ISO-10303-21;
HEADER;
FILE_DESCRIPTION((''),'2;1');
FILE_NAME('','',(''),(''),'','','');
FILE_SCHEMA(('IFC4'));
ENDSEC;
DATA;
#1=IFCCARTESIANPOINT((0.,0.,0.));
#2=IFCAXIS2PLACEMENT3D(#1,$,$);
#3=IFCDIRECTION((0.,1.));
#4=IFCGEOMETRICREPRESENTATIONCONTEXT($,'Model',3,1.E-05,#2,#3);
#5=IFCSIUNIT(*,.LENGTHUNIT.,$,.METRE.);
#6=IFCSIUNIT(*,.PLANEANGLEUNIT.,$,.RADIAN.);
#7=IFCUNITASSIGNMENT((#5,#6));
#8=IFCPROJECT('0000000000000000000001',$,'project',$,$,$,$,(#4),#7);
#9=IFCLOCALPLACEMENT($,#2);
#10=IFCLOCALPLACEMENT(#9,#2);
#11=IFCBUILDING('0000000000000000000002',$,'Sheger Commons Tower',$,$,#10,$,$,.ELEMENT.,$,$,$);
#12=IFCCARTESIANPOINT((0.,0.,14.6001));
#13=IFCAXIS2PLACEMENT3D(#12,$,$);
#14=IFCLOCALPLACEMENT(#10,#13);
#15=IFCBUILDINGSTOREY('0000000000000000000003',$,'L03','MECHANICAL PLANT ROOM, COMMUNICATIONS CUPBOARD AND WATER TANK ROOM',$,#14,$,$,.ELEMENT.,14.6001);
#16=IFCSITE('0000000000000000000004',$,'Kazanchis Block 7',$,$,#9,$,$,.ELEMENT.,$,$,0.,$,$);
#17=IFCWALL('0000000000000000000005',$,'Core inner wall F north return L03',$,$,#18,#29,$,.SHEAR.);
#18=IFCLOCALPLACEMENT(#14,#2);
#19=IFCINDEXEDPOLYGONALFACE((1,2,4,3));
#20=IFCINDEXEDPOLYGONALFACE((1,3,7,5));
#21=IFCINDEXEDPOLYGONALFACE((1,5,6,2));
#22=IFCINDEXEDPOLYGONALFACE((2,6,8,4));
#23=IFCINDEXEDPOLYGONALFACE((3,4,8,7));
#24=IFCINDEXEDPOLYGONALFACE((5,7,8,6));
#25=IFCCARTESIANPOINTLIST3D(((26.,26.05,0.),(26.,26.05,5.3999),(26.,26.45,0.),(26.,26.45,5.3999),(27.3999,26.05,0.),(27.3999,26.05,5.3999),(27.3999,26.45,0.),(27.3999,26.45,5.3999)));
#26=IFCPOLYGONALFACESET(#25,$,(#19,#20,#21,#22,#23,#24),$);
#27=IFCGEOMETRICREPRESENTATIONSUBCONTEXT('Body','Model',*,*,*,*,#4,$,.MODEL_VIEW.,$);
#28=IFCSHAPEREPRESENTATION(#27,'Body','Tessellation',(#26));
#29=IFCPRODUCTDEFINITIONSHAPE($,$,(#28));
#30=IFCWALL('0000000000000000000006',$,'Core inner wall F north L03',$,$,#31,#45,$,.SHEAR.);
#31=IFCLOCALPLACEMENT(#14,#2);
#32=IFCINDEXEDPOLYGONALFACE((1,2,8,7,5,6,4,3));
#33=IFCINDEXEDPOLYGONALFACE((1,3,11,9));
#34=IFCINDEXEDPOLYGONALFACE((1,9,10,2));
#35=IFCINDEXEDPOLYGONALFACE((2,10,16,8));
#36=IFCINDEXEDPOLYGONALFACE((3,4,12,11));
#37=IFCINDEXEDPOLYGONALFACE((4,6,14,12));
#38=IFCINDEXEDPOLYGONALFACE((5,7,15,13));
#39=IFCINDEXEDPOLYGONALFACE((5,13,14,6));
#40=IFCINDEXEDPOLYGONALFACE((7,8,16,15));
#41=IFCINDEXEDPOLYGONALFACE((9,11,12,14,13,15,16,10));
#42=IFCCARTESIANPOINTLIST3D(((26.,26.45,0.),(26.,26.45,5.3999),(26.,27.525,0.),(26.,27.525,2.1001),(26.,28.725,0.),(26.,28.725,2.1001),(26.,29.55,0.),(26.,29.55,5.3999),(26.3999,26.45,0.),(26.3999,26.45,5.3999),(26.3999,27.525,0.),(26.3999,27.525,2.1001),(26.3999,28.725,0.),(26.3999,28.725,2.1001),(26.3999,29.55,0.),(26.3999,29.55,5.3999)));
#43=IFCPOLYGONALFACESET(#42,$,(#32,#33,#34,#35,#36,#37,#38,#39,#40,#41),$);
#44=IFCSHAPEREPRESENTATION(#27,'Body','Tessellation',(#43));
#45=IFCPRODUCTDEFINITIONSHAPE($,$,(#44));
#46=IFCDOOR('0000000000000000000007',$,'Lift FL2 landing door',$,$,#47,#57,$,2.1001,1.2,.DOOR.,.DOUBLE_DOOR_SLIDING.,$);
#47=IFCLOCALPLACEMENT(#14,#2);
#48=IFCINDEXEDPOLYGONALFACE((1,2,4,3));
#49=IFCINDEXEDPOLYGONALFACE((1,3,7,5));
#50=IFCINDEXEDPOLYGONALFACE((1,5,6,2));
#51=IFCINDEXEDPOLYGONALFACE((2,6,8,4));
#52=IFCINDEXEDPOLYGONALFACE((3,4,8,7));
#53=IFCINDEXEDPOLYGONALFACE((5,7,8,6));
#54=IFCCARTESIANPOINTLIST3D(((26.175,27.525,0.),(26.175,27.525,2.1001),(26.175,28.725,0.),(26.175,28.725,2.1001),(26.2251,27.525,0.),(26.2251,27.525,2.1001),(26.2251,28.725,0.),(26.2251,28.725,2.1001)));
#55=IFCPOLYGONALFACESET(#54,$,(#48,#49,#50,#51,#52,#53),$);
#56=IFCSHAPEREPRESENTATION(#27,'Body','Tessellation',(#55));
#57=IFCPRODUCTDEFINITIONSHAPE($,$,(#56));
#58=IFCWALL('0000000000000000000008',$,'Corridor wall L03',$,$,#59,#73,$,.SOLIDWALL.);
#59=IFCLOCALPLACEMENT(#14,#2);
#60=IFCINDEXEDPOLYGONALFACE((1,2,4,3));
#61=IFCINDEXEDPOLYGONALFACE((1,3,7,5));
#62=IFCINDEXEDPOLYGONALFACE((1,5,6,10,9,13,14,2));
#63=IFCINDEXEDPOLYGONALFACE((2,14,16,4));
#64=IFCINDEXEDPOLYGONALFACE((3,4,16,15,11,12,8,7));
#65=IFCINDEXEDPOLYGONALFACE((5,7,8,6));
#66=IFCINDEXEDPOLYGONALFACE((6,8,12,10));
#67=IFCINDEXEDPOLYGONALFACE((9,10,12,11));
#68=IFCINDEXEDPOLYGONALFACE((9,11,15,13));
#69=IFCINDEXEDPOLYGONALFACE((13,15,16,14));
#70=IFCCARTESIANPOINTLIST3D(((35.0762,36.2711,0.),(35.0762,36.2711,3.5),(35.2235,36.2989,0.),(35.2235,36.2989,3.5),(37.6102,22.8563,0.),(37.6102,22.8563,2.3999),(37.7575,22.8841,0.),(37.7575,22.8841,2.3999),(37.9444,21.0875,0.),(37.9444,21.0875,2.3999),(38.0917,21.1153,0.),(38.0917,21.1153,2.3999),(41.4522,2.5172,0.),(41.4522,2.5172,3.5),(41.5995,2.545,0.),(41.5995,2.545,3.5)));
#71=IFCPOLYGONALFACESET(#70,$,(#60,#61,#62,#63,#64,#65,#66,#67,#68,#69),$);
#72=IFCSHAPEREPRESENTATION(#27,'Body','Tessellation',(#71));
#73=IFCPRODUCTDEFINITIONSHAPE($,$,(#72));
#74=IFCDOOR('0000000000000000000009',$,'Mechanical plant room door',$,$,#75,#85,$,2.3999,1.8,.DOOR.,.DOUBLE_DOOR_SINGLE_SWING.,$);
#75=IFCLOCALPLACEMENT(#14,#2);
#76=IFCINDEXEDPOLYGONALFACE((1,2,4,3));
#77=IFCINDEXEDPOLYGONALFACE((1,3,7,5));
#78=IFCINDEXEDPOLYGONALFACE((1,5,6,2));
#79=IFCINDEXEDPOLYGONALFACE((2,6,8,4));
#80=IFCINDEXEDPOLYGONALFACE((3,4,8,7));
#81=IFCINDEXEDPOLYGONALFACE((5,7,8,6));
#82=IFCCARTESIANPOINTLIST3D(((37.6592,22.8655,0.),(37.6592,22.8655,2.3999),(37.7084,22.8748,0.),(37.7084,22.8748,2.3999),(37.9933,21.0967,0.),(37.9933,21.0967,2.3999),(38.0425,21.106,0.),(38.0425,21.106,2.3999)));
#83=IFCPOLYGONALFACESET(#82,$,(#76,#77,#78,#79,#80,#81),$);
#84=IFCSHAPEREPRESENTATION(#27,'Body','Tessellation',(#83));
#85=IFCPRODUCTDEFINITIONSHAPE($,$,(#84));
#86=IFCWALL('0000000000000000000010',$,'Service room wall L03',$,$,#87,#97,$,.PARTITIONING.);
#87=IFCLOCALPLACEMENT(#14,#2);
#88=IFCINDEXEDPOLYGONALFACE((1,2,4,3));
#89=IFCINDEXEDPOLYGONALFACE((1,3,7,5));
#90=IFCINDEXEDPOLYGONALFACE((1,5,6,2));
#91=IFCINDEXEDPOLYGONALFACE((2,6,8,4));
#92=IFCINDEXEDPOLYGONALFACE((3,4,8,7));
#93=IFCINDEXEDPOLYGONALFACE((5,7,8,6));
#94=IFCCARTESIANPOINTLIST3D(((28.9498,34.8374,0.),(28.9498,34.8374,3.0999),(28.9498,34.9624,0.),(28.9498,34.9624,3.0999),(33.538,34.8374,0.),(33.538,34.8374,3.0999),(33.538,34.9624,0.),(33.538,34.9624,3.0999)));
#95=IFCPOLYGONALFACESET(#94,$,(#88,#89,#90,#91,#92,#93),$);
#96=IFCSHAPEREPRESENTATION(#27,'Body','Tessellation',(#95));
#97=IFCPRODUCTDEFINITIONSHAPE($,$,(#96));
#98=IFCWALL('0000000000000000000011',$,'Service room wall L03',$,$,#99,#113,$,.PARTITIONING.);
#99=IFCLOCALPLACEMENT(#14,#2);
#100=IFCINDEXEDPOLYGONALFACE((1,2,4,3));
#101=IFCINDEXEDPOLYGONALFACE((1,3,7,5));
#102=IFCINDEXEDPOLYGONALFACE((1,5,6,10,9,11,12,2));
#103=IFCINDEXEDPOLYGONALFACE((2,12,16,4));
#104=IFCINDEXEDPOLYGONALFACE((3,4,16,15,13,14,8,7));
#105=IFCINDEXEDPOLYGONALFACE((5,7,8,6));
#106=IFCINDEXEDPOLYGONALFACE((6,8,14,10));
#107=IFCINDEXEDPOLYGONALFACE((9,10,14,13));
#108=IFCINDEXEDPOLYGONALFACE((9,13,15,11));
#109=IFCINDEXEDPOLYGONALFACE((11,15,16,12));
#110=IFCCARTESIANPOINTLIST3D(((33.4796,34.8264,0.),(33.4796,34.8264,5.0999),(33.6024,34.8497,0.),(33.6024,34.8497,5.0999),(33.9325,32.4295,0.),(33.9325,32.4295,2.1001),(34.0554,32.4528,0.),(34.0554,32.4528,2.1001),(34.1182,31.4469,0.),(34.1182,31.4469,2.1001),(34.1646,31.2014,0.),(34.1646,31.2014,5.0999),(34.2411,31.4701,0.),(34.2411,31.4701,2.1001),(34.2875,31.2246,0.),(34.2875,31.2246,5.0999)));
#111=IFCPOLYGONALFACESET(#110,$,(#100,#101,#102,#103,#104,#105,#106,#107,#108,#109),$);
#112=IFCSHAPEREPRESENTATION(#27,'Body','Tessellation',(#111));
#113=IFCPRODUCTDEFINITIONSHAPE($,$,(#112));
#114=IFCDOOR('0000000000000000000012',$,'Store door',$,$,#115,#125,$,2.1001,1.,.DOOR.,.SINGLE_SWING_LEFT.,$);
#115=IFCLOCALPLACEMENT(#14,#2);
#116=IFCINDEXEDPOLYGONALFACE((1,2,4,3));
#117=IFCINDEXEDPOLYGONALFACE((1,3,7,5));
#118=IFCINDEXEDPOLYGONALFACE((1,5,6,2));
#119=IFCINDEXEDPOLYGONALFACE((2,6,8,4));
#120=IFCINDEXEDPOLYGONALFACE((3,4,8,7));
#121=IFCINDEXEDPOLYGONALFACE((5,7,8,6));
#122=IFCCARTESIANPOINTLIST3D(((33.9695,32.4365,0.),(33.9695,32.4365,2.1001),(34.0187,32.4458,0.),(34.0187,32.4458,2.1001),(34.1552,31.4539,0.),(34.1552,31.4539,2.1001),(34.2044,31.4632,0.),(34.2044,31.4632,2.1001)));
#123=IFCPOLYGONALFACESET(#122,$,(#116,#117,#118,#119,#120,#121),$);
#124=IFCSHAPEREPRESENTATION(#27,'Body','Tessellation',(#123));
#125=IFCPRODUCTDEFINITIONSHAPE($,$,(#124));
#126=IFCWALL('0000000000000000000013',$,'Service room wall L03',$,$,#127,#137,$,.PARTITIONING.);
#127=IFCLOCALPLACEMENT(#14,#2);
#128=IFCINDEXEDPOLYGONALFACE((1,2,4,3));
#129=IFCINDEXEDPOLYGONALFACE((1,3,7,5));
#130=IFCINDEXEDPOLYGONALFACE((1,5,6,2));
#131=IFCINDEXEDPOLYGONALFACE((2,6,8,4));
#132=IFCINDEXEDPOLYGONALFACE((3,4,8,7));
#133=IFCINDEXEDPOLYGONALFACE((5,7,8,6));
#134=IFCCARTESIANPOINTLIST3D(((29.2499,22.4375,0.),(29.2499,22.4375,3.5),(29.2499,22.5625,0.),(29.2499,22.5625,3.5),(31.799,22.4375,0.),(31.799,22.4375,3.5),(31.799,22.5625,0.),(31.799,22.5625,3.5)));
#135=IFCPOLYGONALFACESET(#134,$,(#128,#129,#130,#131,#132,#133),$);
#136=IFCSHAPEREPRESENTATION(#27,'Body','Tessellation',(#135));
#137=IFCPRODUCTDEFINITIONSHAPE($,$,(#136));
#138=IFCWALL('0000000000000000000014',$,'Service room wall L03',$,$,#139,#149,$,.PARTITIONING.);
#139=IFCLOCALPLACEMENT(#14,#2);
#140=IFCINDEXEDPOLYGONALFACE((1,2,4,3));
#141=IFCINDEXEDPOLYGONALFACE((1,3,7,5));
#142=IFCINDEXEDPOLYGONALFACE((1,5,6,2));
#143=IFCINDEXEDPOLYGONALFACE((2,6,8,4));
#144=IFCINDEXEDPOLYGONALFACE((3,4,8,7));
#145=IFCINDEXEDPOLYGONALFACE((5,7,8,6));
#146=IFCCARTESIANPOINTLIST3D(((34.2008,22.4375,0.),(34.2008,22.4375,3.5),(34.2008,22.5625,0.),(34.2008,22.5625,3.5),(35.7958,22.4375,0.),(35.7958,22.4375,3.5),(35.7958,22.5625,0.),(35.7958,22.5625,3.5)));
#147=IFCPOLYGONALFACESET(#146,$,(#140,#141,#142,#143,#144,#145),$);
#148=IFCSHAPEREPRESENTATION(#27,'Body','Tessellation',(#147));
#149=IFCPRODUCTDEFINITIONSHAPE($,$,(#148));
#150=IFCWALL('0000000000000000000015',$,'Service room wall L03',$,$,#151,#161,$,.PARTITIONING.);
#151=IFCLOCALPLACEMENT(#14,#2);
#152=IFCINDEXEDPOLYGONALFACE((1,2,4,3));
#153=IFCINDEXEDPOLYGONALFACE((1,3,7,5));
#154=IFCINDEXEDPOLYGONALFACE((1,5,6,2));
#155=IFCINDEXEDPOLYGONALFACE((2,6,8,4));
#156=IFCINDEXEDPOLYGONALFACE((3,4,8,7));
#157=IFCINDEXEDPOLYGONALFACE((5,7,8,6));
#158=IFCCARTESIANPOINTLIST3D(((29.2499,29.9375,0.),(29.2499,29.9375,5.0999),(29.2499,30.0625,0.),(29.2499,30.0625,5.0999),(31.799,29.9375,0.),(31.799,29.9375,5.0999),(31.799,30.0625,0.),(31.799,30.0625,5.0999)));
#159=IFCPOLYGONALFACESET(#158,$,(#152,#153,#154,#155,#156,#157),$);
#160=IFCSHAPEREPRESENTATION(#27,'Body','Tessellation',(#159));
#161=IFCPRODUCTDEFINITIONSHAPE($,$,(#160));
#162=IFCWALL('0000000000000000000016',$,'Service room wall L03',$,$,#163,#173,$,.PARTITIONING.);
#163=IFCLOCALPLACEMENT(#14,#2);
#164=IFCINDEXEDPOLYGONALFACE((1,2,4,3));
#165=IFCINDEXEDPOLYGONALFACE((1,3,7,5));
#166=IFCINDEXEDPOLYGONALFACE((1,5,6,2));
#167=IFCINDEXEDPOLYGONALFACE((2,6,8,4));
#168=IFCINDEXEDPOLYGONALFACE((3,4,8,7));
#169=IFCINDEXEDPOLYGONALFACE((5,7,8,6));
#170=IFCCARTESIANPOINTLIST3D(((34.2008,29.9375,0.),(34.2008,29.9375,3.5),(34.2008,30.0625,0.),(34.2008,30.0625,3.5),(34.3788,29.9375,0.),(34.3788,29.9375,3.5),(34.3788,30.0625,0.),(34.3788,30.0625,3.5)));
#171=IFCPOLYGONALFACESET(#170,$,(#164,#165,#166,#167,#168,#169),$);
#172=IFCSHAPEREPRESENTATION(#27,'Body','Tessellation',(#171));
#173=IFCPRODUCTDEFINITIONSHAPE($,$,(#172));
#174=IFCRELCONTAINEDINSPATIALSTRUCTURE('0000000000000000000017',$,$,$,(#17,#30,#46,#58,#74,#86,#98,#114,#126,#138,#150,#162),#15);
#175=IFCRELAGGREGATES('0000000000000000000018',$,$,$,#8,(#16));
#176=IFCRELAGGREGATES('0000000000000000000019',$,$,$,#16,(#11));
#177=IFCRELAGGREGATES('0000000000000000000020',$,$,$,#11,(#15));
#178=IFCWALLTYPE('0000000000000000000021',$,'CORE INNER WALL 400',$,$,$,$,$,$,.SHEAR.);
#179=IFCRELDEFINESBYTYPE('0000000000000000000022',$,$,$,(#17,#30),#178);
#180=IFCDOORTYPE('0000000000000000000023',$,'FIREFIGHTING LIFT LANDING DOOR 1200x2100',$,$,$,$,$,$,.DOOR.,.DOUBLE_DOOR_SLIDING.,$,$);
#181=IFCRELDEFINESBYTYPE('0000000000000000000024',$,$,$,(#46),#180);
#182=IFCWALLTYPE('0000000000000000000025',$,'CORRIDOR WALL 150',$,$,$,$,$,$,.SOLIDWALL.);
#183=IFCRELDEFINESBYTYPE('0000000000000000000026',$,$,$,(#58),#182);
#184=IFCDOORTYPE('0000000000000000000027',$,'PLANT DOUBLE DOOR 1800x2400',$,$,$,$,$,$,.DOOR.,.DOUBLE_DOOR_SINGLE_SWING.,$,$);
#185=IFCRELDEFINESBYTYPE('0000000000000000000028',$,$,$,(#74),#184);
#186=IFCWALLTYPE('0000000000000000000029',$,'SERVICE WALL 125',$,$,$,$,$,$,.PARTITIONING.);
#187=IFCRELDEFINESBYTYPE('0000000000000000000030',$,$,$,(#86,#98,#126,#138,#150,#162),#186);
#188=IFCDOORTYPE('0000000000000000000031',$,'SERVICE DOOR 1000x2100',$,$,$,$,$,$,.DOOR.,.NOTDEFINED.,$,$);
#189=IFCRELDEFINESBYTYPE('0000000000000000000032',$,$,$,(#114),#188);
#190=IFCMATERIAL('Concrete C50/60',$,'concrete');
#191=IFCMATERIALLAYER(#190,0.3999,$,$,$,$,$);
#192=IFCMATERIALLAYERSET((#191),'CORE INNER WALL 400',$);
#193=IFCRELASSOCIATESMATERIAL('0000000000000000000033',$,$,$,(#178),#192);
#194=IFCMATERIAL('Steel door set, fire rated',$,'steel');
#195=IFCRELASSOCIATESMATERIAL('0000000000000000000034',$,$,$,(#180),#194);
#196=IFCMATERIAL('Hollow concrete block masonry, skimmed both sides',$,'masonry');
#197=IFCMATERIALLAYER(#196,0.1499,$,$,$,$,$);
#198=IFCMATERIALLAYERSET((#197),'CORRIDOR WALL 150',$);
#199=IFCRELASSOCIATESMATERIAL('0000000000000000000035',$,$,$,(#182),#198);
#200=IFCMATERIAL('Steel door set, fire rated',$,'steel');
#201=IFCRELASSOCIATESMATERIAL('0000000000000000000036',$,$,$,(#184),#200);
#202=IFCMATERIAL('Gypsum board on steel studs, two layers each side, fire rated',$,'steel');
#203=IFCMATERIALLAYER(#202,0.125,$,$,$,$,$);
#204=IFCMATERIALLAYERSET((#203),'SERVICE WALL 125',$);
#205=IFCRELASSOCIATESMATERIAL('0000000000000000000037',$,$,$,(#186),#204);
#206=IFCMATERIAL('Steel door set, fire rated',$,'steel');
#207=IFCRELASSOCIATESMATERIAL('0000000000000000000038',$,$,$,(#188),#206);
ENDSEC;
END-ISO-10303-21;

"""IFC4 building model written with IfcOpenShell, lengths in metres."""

from ifc_helpers import new_model, si_unit, direction, frame, frame_2d, origin, place, context, subcontext, project, spatial, rectangle, extrude, material, layer, layer_set, type_object, element, fill, save


model = new_model("IFC4")

# Units and contexts
model_context = context("Model", 3, precision=1e-05, world=origin(), true_north=direction((0.0, 1.0)))
body_context = subcontext(model_context, "Body", "Model", "MODEL_VIEW")
ifc_project = project(units=[si_unit("LENGTHUNIT", "METRE"), si_unit("PLANEANGLEUNIT", "RADIAN")], contexts=[model_context])

# Site, building, storey
site_placement = place(None, origin())
site = spatial("IfcSite", under=ifc_project, at=site_placement, Name="Kazanchis Block 7", CompositionType="ELEMENT", RefElevation=0.0)
building_placement = place(site_placement, origin())
building = spatial("IfcBuilding", under=site, at=building_placement, Name="Sheger Commons Tower", CompositionType="ELEMENT")
storey_placement = place(building_placement, frame((0.0, 0.0, 14.6001)))
storey = spatial("IfcBuildingStorey", under=building, at=storey_placement, Name="L03", Description="MECHANICAL PLANT ROOM, COMMUNICATIONS CUPBOARD AND WATER TANK ROOM", CompositionType="ELEMENT", Elevation=14.6001)

# Wall
ifc_material_1 = material(Name="Concrete C50/60", Category="concrete")
ifc_layer_1 = layer(ifc_material_1, 0.3999)
ifc_layer_set_1 = layer_set([ifc_layer_1], Name="CORE INNER WALL 400")
wall_type_1 = type_object("IfcWallType", Name="CORE INNER WALL 400", PredefinedType="SHEAR", material=ifc_layer_set_1)
wall_1_placement = place(storey_placement, frame((26.0, 26.25, 0.0), z_axis=(0.0, 0.0, 1.0), x_axis=(1.0, 0.0, 0.0)))
element("IfcWall", 1, at=wall_1_placement, inside=storey, type_object=wall_type_1, Name="Core inner wall F north return L03", PredefinedType="SHEAR", context=body_context, shape_type="SweptSolid", body=[
    extrude(rectangle(XDim=1.3999, YDim=0.3999, at=frame_2d((0.7, 0.0))), origin(), (0.0, 0.0, 1.0), 5.3999),
])

# Walls, openings, doors
wall_2_placement = place(storey_placement, frame((26.2, 26.45, 0.0), z_axis=(0.0, 0.0, 1.0), x_axis=(0.0, 1.0, 0.0)))
wall_2 = element("IfcWall", 2, at=wall_2_placement, inside=storey, type_object=wall_type_1, Name="Core inner wall F north L03", PredefinedType="SHEAR", context=body_context, shape_type="SweptSolid", body=[
    extrude(rectangle(XDim=3.1001, YDim=0.3999, at=frame_2d((1.55, 0.0))), origin(), (0.0, 0.0, 1.0), 5.3999),
])
opening_1_placement = place(wall_2_placement, frame((1.075, 0.0, 0.0)))
opening_1 = element("IfcOpeningElement", 3, at=opening_1_placement, cuts=wall_2, PredefinedType="OPENING", context=body_context, shape_type="SweptSolid", body=[
    extrude(rectangle(XDim=1.2, YDim=2.1001, at=frame_2d((0.6001, 1.05))), frame((0.0, 0.21, 0.0), z_axis=(0.0, -1.0, 0.0), x_axis=(1.0, 0.0, 0.0)), (0.0, 0.0, 1.0), 0.4199),
])
ifc_material_2 = material(Name="Steel door set, fire rated", Category="steel")
door_type_1 = type_object("IfcDoorType", Name="FIREFIGHTING LIFT LANDING DOOR 1200x2100", OperationType="DOUBLE_DOOR_SLIDING", PredefinedType="DOOR", material=ifc_material_2)
door_1_placement = place(opening_1_placement, origin())
door_1 = element("IfcDoor", 4, at=door_1_placement, inside=storey, type_object=door_type_1, Name="Lift FL2 landing door", OperationType="DOUBLE_DOOR_SLIDING", OverallHeight=2.1001, OverallWidth=1.2, PredefinedType="DOOR", context=body_context, shape_type="SweptSolid", body=[
    extrude(rectangle(XDim=1.2, YDim=2.1001, at=frame_2d((0.6001, 1.05))), frame((0.0, 0.0249, 0.0), z_axis=(0.0, -1.0, 0.0), x_axis=(1.0, 0.0, 0.0)), (0.0, 0.0, 1.0), 0.05),
])
fill(opening_1, door_1)
ifc_material_3 = material(Name="Hollow concrete block masonry, skimmed both sides", Category="masonry")
ifc_layer_2 = layer(ifc_material_3, 0.1499)
ifc_layer_set_2 = layer_set([ifc_layer_2], Name="CORRIDOR WALL 150")
wall_type_2 = type_object("IfcWallType", Name="CORRIDOR WALL 150", PredefinedType="SOLIDWALL", material=ifc_layer_set_2)
wall_3_placement = place(storey_placement, frame((35.1499, 36.2849, 0.0), z_axis=(0.0, 0.0, 1.0), x_axis=(0.185613, -0.982623, 0.0)))
wall_3 = element("IfcWall", 5, at=wall_3_placement, inside=storey, type_object=wall_type_2, Name="Corridor wall L03", PredefinedType="SOLIDWALL", context=body_context, shape_type="SweptSolid", body=[
    extrude(rectangle(XDim=34.3508, YDim=0.1499, at=frame_2d((17.1753, 0.0))), origin(), (0.0, 0.0, 1.0), 3.5),
])
opening_2_placement = place(wall_3_placement, frame((13.6521, 0.0, 0.0)))
opening_2 = element("IfcOpeningElement", 6, at=opening_2_placement, cuts=wall_3, PredefinedType="OPENING", context=body_context, shape_type="SweptSolid", body=[
    extrude(rectangle(XDim=1.8, YDim=2.3999, at=frame_2d((0.8999, 1.2))), frame((0.0, 0.085, 0.0), z_axis=(0.0, -1.0, 0.0), x_axis=(1.0, 0.0, 0.0)), (0.0, 0.0, 1.0), 0.1699),
])
ifc_material_4 = material(Name="Steel door set, fire rated", Category="steel")
door_type_2 = type_object("IfcDoorType", Name="PLANT DOUBLE DOOR 1800x2400", OperationType="DOUBLE_DOOR_SINGLE_SWING", PredefinedType="DOOR", material=ifc_material_4)
door_2_placement = place(opening_2_placement, origin())
door_2 = element("IfcDoor", 7, at=door_2_placement, inside=storey, type_object=door_type_2, Name="Mechanical plant room door", OperationType="DOUBLE_DOOR_SINGLE_SWING", OverallHeight=2.3999, OverallWidth=1.8, PredefinedType="DOOR", context=body_context, shape_type="SweptSolid", body=[
    extrude(rectangle(XDim=1.8, YDim=2.3999, at=frame_2d((0.8999, 1.2))), frame((0.0, 0.0249, 0.0), z_axis=(0.0, -1.0, 0.0), x_axis=(1.0, 0.0, 0.0)), (0.0, 0.0, 1.0), 0.05),
])
fill(opening_2, door_2)

# Wall
ifc_material_5 = material(Name="Gypsum board on steel studs, two layers each side, fire rated", Category="steel")
ifc_layer_3 = layer(ifc_material_5, 0.125)
ifc_layer_set_3 = layer_set([ifc_layer_3], Name="SERVICE WALL 125")
wall_type_3 = type_object("IfcWallType", Name="SERVICE WALL 125", PredefinedType="PARTITIONING", material=ifc_layer_set_3)
wall_4_placement = place(storey_placement, frame((28.95, 34.8999, 0.0), z_axis=(0.0, 0.0, 1.0), x_axis=(1.0, 0.0, 0.0)))
element("IfcWall", 8, at=wall_4_placement, inside=storey, type_object=wall_type_3, Name="Service room wall L03", PredefinedType="PARTITIONING", context=body_context, shape_type="SweptSolid", body=[
    extrude(rectangle(XDim=4.5881, YDim=0.125, at=frame_2d((2.2939, 0.0))), origin(), (0.0, 0.0, 1.0), 3.0999),
])

# Wall, opening, door
wall_5_placement = place(storey_placement, frame((34.2261, 31.2129, 0.0), z_axis=(0.0, 0.0, 1.0), x_axis=(-0.185695, 0.982607, 0.0)))
wall_5 = element("IfcWall", 9, at=wall_5_placement, inside=storey, type_object=wall_type_3, Name="Service room wall L03", PredefinedType="PARTITIONING", context=body_context, shape_type="SweptSolid", body=[
    extrude(rectangle(XDim=3.6892, YDim=0.125, at=frame_2d((1.8447, 0.0))), origin(), (0.0, 0.0, 1.0), 5.0999),
])
opening_3_placement = place(wall_5_placement, frame((0.25, 0.0, 0.0)))
opening_3 = element("IfcOpeningElement", 10, at=opening_3_placement, cuts=wall_5, PredefinedType="OPENING", context=body_context, shape_type="SweptSolid", body=[
    extrude(rectangle(XDim=1.0, YDim=2.1001, at=frame_2d((0.5, 1.05))), frame((0.0, 0.0725, 0.0), z_axis=(0.0, -1.0, 0.0), x_axis=(1.0, 0.0, 0.0)), (0.0, 0.0, 1.0), 0.145),
])
ifc_material_6 = material(Name="Steel door set, fire rated", Category="steel")
door_type_3 = type_object("IfcDoorType", Name="SERVICE DOOR 1000x2100", OperationType="NOTDEFINED", PredefinedType="DOOR", material=ifc_material_6)
door_3_placement = place(opening_3_placement, origin())
door_3 = element("IfcDoor", 11, at=door_3_placement, inside=storey, type_object=door_type_3, Name="Store door", OperationType="SINGLE_SWING_LEFT", OverallHeight=2.1001, OverallWidth=1.0, PredefinedType="DOOR", context=body_context, shape_type="SweptSolid", body=[
    extrude(rectangle(XDim=1.0, YDim=2.1001, at=frame_2d((0.5, 1.05))), frame((0.0, 0.0249, 0.0), z_axis=(0.0, -1.0, 0.0), x_axis=(1.0, 0.0, 0.0)), (0.0, 0.0, 1.0), 0.05),
])
fill(opening_3, door_3)

# Walls
wall_6_placement = place(storey_placement, frame((29.25, 22.5, 0.0), z_axis=(0.0, 0.0, 1.0), x_axis=(1.0, 0.0, 0.0)))
element("IfcWall", 12, at=wall_6_placement, inside=storey, type_object=wall_type_3, Name="Service room wall L03", PredefinedType="PARTITIONING", context=body_context, shape_type="SweptSolid", body=[
    extrude(rectangle(XDim=2.5491, YDim=0.125, at=frame_2d((1.2744, 0.0))), origin(), (0.0, 0.0, 1.0), 3.5),
])
wall_7_placement = place(storey_placement, frame((34.2009, 22.5, 0.0), z_axis=(0.0, 0.0, 1.0), x_axis=(1.0, 0.0, 0.0)))
element("IfcWall", 13, at=wall_7_placement, inside=storey, type_object=wall_type_3, Name="Service room wall L03", PredefinedType="PARTITIONING", context=body_context, shape_type="SweptSolid", body=[
    extrude(rectangle(XDim=1.595, YDim=0.125, at=frame_2d((0.7974, 0.0))), origin(), (0.0, 0.0, 1.0), 3.5),
])
wall_8_placement = place(storey_placement, frame((29.25, 30.0, 0.0), z_axis=(0.0, 0.0, 1.0), x_axis=(1.0, 0.0, 0.0)))
element("IfcWall", 14, at=wall_8_placement, inside=storey, type_object=wall_type_3, Name="Service room wall L03", PredefinedType="PARTITIONING", context=body_context, shape_type="SweptSolid", body=[
    extrude(rectangle(XDim=2.5491, YDim=0.125, at=frame_2d((1.2744, 0.0))), origin(), (0.0, 0.0, 1.0), 5.0999),
])
wall_9_placement = place(storey_placement, frame((34.2009, 30.0, 0.0), z_axis=(0.0, 0.0, 1.0), x_axis=(1.0, 0.0, 0.0)))
element("IfcWall", 15, at=wall_9_placement, inside=storey, type_object=wall_type_3, Name="Service room wall L03", PredefinedType="PARTITIONING", context=body_context, shape_type="SweptSolid", body=[
    extrude(rectangle(XDim=0.178, YDim=0.125, at=frame_2d((0.0889, 0.0))), origin(), (0.0, 0.0, 1.0), 3.5),
])

save(model, "model.ifc")
